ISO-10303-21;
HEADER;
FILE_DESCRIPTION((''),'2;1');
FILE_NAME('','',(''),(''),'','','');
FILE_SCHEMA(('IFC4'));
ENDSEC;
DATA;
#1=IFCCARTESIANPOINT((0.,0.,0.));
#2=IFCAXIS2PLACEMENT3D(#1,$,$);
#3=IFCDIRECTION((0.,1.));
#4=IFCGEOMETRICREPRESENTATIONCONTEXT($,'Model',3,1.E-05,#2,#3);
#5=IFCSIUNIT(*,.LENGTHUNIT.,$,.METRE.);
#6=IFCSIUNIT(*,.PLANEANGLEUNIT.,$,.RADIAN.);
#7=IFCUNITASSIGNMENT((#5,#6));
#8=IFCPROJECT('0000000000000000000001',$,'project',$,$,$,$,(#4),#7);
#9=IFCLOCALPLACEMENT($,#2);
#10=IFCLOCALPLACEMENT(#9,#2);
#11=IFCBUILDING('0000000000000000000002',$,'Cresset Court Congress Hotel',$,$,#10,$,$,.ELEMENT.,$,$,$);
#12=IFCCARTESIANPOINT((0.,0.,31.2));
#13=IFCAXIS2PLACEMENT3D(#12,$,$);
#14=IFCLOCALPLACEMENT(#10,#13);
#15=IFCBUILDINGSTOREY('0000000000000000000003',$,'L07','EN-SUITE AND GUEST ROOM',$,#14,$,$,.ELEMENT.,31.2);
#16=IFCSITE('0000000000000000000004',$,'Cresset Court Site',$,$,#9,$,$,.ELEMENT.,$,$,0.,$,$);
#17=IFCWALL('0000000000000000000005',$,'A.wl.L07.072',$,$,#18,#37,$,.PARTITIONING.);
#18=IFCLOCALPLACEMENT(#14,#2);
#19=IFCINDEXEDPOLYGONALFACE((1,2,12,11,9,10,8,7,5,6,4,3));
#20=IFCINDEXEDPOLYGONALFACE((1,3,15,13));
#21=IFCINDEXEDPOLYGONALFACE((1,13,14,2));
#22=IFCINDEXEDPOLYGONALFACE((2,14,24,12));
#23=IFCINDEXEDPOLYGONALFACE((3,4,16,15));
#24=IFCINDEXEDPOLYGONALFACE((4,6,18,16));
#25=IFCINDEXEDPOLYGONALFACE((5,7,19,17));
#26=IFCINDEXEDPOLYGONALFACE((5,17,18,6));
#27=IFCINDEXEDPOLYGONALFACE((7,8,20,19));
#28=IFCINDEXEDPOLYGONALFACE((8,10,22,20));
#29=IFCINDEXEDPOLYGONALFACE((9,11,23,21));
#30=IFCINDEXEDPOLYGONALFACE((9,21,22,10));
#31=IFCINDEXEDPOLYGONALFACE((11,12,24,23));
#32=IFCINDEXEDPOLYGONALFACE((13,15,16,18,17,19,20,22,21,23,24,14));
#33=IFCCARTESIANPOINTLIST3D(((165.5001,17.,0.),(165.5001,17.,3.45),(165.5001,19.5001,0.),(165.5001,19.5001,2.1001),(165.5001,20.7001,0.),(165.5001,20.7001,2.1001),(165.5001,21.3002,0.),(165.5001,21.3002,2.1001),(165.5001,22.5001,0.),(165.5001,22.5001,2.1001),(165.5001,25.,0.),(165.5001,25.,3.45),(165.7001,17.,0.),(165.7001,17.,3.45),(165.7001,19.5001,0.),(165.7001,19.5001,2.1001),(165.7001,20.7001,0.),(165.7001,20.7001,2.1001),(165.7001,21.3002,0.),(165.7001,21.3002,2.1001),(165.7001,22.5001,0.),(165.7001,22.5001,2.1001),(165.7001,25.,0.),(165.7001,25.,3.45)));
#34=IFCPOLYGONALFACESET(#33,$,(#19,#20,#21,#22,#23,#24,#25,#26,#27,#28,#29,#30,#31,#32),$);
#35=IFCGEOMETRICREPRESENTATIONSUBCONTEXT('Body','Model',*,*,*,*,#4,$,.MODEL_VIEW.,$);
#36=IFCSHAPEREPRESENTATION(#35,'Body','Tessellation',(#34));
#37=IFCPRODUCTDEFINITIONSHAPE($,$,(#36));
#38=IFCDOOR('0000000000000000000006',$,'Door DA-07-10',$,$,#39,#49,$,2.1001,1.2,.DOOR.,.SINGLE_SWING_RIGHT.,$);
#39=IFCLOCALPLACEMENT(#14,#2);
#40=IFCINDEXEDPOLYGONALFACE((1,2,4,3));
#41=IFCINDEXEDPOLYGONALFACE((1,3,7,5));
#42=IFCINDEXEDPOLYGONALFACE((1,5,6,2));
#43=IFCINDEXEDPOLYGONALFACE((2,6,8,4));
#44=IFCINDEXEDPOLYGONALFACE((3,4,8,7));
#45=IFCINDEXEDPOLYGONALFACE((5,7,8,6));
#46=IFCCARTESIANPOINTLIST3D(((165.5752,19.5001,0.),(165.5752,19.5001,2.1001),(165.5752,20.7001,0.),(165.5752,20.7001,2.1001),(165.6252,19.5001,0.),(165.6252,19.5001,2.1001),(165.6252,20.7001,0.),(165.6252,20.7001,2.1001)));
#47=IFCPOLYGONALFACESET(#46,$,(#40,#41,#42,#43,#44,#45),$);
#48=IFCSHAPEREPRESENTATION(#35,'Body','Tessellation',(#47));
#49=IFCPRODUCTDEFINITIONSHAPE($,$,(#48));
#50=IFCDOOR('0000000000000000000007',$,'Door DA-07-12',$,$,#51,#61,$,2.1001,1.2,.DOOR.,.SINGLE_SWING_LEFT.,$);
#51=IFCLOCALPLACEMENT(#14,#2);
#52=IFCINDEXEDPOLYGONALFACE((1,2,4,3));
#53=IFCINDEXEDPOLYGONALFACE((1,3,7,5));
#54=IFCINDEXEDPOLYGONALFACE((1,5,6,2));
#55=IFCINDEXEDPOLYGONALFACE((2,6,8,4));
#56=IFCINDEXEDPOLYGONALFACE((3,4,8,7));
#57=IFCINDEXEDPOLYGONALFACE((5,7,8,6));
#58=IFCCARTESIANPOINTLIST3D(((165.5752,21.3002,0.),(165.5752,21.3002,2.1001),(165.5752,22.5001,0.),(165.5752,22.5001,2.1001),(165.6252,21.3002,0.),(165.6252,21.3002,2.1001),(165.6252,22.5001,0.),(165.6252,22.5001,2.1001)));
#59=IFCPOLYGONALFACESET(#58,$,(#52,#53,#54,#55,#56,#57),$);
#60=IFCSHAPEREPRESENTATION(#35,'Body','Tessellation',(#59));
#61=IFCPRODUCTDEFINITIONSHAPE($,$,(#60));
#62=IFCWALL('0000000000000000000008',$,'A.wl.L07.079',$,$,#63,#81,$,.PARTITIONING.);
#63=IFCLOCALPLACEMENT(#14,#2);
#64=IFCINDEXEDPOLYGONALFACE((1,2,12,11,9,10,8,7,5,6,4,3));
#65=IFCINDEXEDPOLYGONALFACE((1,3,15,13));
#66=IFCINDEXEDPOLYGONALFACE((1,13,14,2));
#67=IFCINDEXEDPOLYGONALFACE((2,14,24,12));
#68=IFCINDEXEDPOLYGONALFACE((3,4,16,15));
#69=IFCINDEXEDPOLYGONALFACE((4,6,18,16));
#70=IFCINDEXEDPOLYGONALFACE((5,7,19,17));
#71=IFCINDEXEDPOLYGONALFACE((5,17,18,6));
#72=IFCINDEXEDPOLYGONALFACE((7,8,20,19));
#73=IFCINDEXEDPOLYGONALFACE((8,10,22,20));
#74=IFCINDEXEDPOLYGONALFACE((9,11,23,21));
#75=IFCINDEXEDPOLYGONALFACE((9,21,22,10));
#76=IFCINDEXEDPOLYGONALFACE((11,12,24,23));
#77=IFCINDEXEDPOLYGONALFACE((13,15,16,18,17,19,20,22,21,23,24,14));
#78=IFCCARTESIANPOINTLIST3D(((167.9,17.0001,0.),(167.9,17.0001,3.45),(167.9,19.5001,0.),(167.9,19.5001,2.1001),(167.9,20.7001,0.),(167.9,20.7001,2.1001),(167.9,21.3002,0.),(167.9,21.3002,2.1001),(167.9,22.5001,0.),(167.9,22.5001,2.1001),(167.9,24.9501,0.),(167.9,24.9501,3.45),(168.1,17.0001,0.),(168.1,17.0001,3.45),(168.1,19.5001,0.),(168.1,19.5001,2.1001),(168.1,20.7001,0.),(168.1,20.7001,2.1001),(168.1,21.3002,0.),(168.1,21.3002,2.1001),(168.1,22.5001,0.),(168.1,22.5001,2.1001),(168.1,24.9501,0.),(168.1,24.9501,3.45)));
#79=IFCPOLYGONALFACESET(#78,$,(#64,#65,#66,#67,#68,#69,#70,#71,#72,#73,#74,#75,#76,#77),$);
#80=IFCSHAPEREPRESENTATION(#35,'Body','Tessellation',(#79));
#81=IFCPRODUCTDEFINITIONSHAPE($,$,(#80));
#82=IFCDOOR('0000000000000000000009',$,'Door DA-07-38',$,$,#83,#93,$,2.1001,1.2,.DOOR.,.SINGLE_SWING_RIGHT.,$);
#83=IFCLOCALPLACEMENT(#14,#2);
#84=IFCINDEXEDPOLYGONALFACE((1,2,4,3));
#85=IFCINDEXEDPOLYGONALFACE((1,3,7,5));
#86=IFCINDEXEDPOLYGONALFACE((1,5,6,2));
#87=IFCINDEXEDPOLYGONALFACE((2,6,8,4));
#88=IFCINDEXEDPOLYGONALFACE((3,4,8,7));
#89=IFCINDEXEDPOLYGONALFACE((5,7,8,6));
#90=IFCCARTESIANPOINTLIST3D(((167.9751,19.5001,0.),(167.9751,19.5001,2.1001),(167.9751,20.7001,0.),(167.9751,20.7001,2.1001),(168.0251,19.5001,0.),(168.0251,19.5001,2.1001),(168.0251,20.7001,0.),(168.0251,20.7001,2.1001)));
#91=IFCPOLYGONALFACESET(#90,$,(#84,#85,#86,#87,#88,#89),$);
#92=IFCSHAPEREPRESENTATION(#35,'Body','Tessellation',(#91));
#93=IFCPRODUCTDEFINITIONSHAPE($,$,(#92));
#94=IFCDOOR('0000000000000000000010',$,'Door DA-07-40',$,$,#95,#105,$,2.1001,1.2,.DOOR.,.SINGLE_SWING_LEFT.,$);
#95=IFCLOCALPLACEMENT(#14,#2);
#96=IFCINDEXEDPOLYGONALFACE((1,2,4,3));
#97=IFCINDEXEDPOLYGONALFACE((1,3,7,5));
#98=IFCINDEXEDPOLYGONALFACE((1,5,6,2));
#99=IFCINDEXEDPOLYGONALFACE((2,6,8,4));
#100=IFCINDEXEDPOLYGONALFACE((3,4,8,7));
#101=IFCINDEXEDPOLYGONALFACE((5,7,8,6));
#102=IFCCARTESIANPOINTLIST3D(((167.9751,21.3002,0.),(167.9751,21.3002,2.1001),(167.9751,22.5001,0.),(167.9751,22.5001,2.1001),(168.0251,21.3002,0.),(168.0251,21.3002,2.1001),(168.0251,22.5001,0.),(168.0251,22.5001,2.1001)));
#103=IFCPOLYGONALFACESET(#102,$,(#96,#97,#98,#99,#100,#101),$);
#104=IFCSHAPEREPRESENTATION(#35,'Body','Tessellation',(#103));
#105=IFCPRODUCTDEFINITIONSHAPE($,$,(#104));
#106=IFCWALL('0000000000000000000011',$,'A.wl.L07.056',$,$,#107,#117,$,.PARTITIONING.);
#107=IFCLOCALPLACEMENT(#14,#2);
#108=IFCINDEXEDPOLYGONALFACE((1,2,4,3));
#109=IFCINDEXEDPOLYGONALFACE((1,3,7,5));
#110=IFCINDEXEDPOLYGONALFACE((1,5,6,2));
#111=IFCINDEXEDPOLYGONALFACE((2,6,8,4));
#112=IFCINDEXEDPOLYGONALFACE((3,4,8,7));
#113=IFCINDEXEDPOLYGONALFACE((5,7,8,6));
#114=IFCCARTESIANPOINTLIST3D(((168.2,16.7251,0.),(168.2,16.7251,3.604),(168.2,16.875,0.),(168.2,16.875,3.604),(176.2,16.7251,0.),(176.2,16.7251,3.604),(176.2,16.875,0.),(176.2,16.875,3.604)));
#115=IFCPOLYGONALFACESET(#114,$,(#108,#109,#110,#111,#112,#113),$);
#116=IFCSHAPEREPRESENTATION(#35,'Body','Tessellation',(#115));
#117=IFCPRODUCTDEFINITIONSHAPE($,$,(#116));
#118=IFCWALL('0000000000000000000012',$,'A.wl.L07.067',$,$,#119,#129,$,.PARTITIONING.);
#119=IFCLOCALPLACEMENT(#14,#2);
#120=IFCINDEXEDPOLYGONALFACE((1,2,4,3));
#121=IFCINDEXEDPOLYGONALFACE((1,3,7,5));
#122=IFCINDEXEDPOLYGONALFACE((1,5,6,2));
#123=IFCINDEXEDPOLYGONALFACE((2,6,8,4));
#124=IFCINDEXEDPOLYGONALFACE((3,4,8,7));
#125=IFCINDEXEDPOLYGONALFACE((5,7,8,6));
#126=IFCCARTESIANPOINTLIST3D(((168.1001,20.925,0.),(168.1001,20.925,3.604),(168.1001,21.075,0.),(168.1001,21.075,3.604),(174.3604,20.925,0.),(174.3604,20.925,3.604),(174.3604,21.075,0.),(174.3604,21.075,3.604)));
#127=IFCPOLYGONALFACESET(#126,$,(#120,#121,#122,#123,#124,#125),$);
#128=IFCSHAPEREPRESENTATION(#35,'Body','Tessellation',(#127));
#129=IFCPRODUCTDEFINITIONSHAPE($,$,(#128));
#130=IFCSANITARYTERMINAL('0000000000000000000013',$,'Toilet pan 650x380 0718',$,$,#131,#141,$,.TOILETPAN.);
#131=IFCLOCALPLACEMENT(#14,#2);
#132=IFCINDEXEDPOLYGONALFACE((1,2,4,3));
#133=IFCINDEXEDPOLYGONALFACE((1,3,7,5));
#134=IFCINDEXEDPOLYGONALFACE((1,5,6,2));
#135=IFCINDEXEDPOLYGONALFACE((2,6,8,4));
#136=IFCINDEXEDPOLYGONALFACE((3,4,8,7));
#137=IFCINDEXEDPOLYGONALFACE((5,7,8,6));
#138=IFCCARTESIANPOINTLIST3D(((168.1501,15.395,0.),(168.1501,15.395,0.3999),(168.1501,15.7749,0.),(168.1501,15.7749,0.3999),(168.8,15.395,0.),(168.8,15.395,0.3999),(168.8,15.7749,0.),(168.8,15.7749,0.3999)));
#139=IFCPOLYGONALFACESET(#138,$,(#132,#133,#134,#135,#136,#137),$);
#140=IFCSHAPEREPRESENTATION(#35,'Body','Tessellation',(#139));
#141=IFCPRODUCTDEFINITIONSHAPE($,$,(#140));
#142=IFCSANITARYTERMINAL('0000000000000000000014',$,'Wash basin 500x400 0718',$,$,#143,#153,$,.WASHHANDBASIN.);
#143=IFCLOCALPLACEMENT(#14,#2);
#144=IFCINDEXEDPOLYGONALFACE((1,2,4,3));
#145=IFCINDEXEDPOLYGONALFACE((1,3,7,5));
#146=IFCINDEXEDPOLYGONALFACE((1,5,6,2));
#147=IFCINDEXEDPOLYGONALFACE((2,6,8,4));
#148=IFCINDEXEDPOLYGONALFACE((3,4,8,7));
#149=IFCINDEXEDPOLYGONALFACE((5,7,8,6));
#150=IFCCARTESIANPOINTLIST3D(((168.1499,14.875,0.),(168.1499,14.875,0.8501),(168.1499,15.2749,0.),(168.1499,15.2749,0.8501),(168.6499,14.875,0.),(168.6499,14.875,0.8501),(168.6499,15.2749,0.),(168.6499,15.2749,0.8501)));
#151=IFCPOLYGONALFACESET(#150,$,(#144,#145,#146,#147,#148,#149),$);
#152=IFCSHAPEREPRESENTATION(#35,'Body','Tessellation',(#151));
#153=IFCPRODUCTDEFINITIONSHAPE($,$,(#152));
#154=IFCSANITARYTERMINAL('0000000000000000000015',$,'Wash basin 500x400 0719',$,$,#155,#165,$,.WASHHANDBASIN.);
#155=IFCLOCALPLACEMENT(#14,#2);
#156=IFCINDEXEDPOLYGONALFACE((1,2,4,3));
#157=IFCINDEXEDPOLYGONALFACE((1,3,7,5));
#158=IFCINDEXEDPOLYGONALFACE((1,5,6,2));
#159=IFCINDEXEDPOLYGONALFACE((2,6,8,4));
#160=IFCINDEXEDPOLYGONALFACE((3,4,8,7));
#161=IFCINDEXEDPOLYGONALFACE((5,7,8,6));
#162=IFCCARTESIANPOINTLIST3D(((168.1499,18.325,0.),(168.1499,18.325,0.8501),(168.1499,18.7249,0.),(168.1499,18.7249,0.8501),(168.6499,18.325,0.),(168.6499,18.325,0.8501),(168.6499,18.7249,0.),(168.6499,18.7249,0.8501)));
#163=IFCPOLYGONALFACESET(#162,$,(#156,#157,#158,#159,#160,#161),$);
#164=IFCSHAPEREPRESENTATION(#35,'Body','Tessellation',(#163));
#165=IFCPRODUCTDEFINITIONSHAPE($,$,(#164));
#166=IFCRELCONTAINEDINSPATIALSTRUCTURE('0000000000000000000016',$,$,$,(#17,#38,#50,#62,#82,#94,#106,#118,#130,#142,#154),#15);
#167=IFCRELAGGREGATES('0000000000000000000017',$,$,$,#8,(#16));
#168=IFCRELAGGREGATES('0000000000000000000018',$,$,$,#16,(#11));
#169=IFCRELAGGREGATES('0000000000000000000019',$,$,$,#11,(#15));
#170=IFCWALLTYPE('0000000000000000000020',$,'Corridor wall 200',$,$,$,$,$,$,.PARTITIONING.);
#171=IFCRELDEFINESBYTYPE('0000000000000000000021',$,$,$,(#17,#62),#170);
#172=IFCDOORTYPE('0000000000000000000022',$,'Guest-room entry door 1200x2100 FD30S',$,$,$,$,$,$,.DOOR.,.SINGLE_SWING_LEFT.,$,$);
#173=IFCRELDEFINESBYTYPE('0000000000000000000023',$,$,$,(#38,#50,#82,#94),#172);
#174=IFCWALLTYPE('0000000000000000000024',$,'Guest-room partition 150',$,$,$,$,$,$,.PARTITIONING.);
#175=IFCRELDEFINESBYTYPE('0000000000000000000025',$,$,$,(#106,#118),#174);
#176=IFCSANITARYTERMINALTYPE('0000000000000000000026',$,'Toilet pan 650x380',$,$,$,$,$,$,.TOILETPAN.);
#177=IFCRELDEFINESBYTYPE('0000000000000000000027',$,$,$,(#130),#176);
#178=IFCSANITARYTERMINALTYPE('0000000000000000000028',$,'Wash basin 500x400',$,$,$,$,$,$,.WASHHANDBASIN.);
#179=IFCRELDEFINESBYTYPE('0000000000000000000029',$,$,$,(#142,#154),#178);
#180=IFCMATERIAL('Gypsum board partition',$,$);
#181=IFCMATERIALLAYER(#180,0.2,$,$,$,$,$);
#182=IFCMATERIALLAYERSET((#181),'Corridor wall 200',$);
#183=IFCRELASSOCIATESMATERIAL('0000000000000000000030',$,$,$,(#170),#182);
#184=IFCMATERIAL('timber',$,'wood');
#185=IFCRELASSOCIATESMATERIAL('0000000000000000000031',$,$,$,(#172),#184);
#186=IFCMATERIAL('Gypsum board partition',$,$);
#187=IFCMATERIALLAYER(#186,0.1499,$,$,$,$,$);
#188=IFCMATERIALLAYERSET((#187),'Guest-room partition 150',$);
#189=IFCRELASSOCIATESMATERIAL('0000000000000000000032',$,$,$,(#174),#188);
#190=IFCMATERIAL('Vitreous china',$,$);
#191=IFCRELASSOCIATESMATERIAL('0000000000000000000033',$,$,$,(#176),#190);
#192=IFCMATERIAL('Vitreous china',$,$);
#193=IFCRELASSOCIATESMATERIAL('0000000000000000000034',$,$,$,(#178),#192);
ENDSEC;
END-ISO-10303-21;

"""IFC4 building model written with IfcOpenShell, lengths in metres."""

from ifc_helpers import new_model, si_unit, direction, frame, frame_2d, origin, origin_2d, place, context, subcontext, project, spatial, rectangle, extrude, material, layer, layer_set, type_object, element, fill, save


model = new_model("IFC4")

# Units and contexts
model_context = context("Model", 3, precision=1e-05, world=origin(), true_north=direction((0.0, 1.0)))
body_context = subcontext(model_context, "Body", "Model", "MODEL_VIEW")
ifc_project = project(units=[si_unit("LENGTHUNIT", "METRE"), si_unit("PLANEANGLEUNIT", "RADIAN")], contexts=[model_context])

# Site, building, storey
site_placement = place(None, origin())
site = spatial("IfcSite", under=ifc_project, at=site_placement, Name="Cresset Court Site", CompositionType="ELEMENT", RefElevation=0.0)
building_placement = place(site_placement, origin())
building = spatial("IfcBuilding", under=site, at=building_placement, Name="Cresset Court Congress Hotel", CompositionType="ELEMENT")
storey_placement = place(building_placement, frame((0.0, 0.0, 31.2)))
storey = spatial("IfcBuildingStorey", under=building, at=storey_placement, Name="L07", Description="EN-SUITE AND GUEST ROOM", CompositionType="ELEMENT", Elevation=31.2)

# Walls, openings, doors
ifc_material_1 = material(Name="Gypsum board partition")
ifc_layer_1 = layer(ifc_material_1, 0.2)
ifc_layer_set_1 = layer_set([ifc_layer_1], Name="Corridor wall 200")
wall_type_1 = type_object("IfcWallType", Name="Corridor wall 200", PredefinedType="PARTITIONING", material=ifc_layer_set_1)
wall_1_placement = place(storey_placement, frame((165.6001, 17.0, 0.0), z_axis=(0.0, 0.0, 1.0), x_axis=(0.0, 1.0, 0.0)))
wall_1 = element("IfcWall", 1, at=wall_1_placement, inside=storey, type_object=wall_type_1, Name="A.wl.L07.072", PredefinedType="PARTITIONING", context=body_context, shape_type="SweptSolid", body=[
    extrude(rectangle(XDim=8.0, YDim=0.2, at=frame_2d((4.0, 0.0))), origin(), (0.0, 0.0, 1.0), 3.45),
])
opening_1_placement = place(wall_1_placement, frame((2.5, 0.0, 0.0)))
opening_1 = element("IfcOpeningElement", 2, at=opening_1_placement, cuts=wall_1, PredefinedType="OPENING", context=body_context, shape_type="SweptSolid", body=[
    extrude(rectangle(XDim=1.2, YDim=2.1001, at=frame_2d((0.6001, 1.05))), frame((0.0, 0.1099, 0.0), z_axis=(0.0, -1.0, 0.0), x_axis=(1.0, 0.0, 0.0)), (0.0, 0.0, 1.0), 0.22),
])
opening_2_placement = place(wall_1_placement, frame((4.3, 0.0, 0.0)))
opening_2 = element("IfcOpeningElement", 3, at=opening_2_placement, cuts=wall_1, PredefinedType="OPENING", context=body_context, shape_type="SweptSolid", body=[
    extrude(rectangle(XDim=1.2, YDim=2.1001, at=frame_2d((0.6001, 1.05))), frame((0.0, 0.1099, 0.0), z_axis=(0.0, -1.0, 0.0), x_axis=(1.0, 0.0, 0.0)), (0.0, 0.0, 1.0), 0.22),
])
ifc_material_2 = material(Name="timber", Category="wood")
door_type = type_object("IfcDoorType", Name="Guest-room entry door 1200x2100 FD30S", OperationType="SINGLE_SWING_LEFT", PredefinedType="DOOR", material=ifc_material_2)
door_1_placement = place(opening_1_placement, origin())
door_1 = element("IfcDoor", 4, at=door_1_placement, inside=storey, type_object=door_type, Name="Door DA-07-10", OperationType="SINGLE_SWING_RIGHT", OverallHeight=2.1001, OverallWidth=1.2, PredefinedType="DOOR", context=body_context, shape_type="SweptSolid", body=[
    extrude(rectangle(XDim=1.2, YDim=2.1001, at=frame_2d((0.6001, 1.05))), frame((0.0, 0.0249, 0.0), z_axis=(0.0, -1.0, 0.0), x_axis=(1.0, 0.0, 0.0)), (0.0, 0.0, 1.0), 0.05),
])
fill(opening_1, door_1)
door_2_placement = place(opening_2_placement, origin())
door_2 = element("IfcDoor", 5, at=door_2_placement, inside=storey, type_object=door_type, Name="Door DA-07-12", OperationType="SINGLE_SWING_LEFT", OverallHeight=2.1001, OverallWidth=1.2, PredefinedType="DOOR", context=body_context, shape_type="SweptSolid", body=[
    extrude(rectangle(XDim=1.2, YDim=2.1001, at=frame_2d((0.6001, 1.05))), frame((0.0, 0.0249, 0.0), z_axis=(0.0, -1.0, 0.0), x_axis=(1.0, 0.0, 0.0)), (0.0, 0.0, 1.0), 0.05),
])
fill(opening_2, door_2)
wall_2_placement = place(storey_placement, frame((168.0, 17.0, 0.0), z_axis=(0.0, 0.0, 1.0), x_axis=(0.0, 1.0, 0.0)))
wall_2 = element("IfcWall", 6, at=wall_2_placement, inside=storey, type_object=wall_type_1, Name="A.wl.L07.079", PredefinedType="PARTITIONING", context=body_context, shape_type="SweptSolid", body=[
    extrude(rectangle(XDim=7.95, YDim=0.2, at=frame_2d((3.9751, 0.0))), origin(), (0.0, 0.0, 1.0), 3.45),
])
opening_3_placement = place(wall_2_placement, frame((2.5, 0.0, 0.0)))
opening_3 = element("IfcOpeningElement", 7, at=opening_3_placement, cuts=wall_2, PredefinedType="OPENING", context=body_context, shape_type="SweptSolid", body=[
    extrude(rectangle(XDim=1.2, YDim=2.1001, at=frame_2d((0.6001, 1.05))), frame((0.0, 0.1099, 0.0), z_axis=(0.0, -1.0, 0.0), x_axis=(1.0, 0.0, 0.0)), (0.0, 0.0, 1.0), 0.22),
])
opening_4_placement = place(wall_2_placement, frame((4.3, 0.0, 0.0)))
opening_4 = element("IfcOpeningElement", 8, at=opening_4_placement, cuts=wall_2, PredefinedType="OPENING", context=body_context, shape_type="SweptSolid", body=[
    extrude(rectangle(XDim=1.2, YDim=2.1001, at=frame_2d((0.6001, 1.05))), frame((0.0, 0.1099, 0.0), z_axis=(0.0, -1.0, 0.0), x_axis=(1.0, 0.0, 0.0)), (0.0, 0.0, 1.0), 0.22),
])
door_3_placement = place(opening_3_placement, origin())
door_3 = element("IfcDoor", 9, at=door_3_placement, inside=storey, type_object=door_type, Name="Door DA-07-38", OperationType="SINGLE_SWING_RIGHT", OverallHeight=2.1001, OverallWidth=1.2, PredefinedType="DOOR", context=body_context, shape_type="SweptSolid", body=[
    extrude(rectangle(XDim=1.2, YDim=2.1001, at=frame_2d((0.6001, 1.05))), frame((0.0, 0.0249, 0.0), z_axis=(0.0, -1.0, 0.0), x_axis=(1.0, 0.0, 0.0)), (0.0, 0.0, 1.0), 0.05),
])
fill(opening_3, door_3)
door_4_placement = place(opening_4_placement, origin())
door_4 = element("IfcDoor", 10, at=door_4_placement, inside=storey, type_object=door_type, Name="Door DA-07-40", OperationType="SINGLE_SWING_LEFT", OverallHeight=2.1001, OverallWidth=1.2, PredefinedType="DOOR", context=body_context, shape_type="SweptSolid", body=[
    extrude(rectangle(XDim=1.2, YDim=2.1001, at=frame_2d((0.6001, 1.05))), frame((0.0, 0.0249, 0.0), z_axis=(0.0, -1.0, 0.0), x_axis=(1.0, 0.0, 0.0)), (0.0, 0.0, 1.0), 0.05),
])
fill(opening_4, door_4)

# Walls
ifc_material_3 = material(Name="Gypsum board partition")
ifc_layer_2 = layer(ifc_material_3, 0.1499)
ifc_layer_set_2 = layer_set([ifc_layer_2], Name="Guest-room partition 150")
wall_type_2 = type_object("IfcWallType", Name="Guest-room partition 150", PredefinedType="PARTITIONING", material=ifc_layer_set_2)
wall_3_placement = place(storey_placement, frame((168.2, 16.8, 0.0), z_axis=(0.0, 0.0, 1.0), x_axis=(1.0, 0.0, 0.0)))
element("IfcWall", 11, at=wall_3_placement, inside=storey, type_object=wall_type_2, Name="A.wl.L07.056", PredefinedType="PARTITIONING", context=body_context, shape_type="SweptSolid", body=[
    extrude(rectangle(XDim=8.0, YDim=0.1499, at=frame_2d((4.0, 0.0))), origin(), (0.0, 0.0, 1.0), 3.604),
])
wall_4_placement = place(storey_placement, frame((168.1001, 21.0, 0.0), z_axis=(0.0, 0.0, 1.0), x_axis=(1.0, 0.0, 0.0)))
element("IfcWall", 12, at=wall_4_placement, inside=storey, type_object=wall_type_2, Name="A.wl.L07.067", PredefinedType="PARTITIONING", context=body_context, shape_type="SweptSolid", body=[
    extrude(rectangle(XDim=6.2603, YDim=0.1499, at=frame_2d((3.1301, 0.0))), origin(), (0.0, 0.0, 1.0), 3.604),
])

# Sanitary terminals
ifc_material_4 = material(Name="Vitreous china")
sanitary_terminal_type_1 = type_object("IfcSanitaryTerminalType", Name="Toilet pan 650x380", PredefinedType="TOILETPAN", material=ifc_material_4)
sanitary_terminal_placement = place(storey_placement, frame((168.4751, 15.585, 0.0), z_axis=(0.0, 0.0, 1.0), x_axis=(1.0, 0.0, 0.0)))
element("IfcSanitaryTerminal", 13, at=sanitary_terminal_placement, inside=storey, type_object=sanitary_terminal_type_1, Name="Toilet pan 650x380 0718", PredefinedType="TOILETPAN", context=body_context, shape_type="SweptSolid", body=[
    extrude(rectangle(XDim=0.6499, YDim=0.3799, at=origin_2d()), origin(), (0.0, 0.0, 1.0), 0.3999),
])
ifc_material_5 = material(Name="Vitreous china")
sanitary_terminal_type_2 = type_object("IfcSanitaryTerminalType", Name="Wash basin 500x400", PredefinedType="WASHHANDBASIN", material=ifc_material_5)
for number, where, z_axis, x_axis, name in (
    (14, (168.3999, 15.075, 0.0), (0.0, 0.0, 1.0), (1.0, 0.0, 0.0), "Wash basin 500x400 0718"),
    (15, (168.3999, 18.5249, 0.0), (0.0, 0.0, 1.0), (1.0, 0.0, 0.0), "Wash basin 500x400 0719"),
):
    element("IfcSanitaryTerminal", number, at=place(storey_placement, frame(where, z_axis=z_axis, x_axis=x_axis)), inside=storey, type_object=sanitary_terminal_type_2, Name=name, PredefinedType="WASHHANDBASIN", context=body_context, shape_type="SweptSolid", body=[
        extrude(rectangle(XDim=0.5, YDim=0.3999, at=origin_2d()), origin(), (0.0, 0.0, 1.0), 0.8501),
    ])

save(model, "model.ifc")
